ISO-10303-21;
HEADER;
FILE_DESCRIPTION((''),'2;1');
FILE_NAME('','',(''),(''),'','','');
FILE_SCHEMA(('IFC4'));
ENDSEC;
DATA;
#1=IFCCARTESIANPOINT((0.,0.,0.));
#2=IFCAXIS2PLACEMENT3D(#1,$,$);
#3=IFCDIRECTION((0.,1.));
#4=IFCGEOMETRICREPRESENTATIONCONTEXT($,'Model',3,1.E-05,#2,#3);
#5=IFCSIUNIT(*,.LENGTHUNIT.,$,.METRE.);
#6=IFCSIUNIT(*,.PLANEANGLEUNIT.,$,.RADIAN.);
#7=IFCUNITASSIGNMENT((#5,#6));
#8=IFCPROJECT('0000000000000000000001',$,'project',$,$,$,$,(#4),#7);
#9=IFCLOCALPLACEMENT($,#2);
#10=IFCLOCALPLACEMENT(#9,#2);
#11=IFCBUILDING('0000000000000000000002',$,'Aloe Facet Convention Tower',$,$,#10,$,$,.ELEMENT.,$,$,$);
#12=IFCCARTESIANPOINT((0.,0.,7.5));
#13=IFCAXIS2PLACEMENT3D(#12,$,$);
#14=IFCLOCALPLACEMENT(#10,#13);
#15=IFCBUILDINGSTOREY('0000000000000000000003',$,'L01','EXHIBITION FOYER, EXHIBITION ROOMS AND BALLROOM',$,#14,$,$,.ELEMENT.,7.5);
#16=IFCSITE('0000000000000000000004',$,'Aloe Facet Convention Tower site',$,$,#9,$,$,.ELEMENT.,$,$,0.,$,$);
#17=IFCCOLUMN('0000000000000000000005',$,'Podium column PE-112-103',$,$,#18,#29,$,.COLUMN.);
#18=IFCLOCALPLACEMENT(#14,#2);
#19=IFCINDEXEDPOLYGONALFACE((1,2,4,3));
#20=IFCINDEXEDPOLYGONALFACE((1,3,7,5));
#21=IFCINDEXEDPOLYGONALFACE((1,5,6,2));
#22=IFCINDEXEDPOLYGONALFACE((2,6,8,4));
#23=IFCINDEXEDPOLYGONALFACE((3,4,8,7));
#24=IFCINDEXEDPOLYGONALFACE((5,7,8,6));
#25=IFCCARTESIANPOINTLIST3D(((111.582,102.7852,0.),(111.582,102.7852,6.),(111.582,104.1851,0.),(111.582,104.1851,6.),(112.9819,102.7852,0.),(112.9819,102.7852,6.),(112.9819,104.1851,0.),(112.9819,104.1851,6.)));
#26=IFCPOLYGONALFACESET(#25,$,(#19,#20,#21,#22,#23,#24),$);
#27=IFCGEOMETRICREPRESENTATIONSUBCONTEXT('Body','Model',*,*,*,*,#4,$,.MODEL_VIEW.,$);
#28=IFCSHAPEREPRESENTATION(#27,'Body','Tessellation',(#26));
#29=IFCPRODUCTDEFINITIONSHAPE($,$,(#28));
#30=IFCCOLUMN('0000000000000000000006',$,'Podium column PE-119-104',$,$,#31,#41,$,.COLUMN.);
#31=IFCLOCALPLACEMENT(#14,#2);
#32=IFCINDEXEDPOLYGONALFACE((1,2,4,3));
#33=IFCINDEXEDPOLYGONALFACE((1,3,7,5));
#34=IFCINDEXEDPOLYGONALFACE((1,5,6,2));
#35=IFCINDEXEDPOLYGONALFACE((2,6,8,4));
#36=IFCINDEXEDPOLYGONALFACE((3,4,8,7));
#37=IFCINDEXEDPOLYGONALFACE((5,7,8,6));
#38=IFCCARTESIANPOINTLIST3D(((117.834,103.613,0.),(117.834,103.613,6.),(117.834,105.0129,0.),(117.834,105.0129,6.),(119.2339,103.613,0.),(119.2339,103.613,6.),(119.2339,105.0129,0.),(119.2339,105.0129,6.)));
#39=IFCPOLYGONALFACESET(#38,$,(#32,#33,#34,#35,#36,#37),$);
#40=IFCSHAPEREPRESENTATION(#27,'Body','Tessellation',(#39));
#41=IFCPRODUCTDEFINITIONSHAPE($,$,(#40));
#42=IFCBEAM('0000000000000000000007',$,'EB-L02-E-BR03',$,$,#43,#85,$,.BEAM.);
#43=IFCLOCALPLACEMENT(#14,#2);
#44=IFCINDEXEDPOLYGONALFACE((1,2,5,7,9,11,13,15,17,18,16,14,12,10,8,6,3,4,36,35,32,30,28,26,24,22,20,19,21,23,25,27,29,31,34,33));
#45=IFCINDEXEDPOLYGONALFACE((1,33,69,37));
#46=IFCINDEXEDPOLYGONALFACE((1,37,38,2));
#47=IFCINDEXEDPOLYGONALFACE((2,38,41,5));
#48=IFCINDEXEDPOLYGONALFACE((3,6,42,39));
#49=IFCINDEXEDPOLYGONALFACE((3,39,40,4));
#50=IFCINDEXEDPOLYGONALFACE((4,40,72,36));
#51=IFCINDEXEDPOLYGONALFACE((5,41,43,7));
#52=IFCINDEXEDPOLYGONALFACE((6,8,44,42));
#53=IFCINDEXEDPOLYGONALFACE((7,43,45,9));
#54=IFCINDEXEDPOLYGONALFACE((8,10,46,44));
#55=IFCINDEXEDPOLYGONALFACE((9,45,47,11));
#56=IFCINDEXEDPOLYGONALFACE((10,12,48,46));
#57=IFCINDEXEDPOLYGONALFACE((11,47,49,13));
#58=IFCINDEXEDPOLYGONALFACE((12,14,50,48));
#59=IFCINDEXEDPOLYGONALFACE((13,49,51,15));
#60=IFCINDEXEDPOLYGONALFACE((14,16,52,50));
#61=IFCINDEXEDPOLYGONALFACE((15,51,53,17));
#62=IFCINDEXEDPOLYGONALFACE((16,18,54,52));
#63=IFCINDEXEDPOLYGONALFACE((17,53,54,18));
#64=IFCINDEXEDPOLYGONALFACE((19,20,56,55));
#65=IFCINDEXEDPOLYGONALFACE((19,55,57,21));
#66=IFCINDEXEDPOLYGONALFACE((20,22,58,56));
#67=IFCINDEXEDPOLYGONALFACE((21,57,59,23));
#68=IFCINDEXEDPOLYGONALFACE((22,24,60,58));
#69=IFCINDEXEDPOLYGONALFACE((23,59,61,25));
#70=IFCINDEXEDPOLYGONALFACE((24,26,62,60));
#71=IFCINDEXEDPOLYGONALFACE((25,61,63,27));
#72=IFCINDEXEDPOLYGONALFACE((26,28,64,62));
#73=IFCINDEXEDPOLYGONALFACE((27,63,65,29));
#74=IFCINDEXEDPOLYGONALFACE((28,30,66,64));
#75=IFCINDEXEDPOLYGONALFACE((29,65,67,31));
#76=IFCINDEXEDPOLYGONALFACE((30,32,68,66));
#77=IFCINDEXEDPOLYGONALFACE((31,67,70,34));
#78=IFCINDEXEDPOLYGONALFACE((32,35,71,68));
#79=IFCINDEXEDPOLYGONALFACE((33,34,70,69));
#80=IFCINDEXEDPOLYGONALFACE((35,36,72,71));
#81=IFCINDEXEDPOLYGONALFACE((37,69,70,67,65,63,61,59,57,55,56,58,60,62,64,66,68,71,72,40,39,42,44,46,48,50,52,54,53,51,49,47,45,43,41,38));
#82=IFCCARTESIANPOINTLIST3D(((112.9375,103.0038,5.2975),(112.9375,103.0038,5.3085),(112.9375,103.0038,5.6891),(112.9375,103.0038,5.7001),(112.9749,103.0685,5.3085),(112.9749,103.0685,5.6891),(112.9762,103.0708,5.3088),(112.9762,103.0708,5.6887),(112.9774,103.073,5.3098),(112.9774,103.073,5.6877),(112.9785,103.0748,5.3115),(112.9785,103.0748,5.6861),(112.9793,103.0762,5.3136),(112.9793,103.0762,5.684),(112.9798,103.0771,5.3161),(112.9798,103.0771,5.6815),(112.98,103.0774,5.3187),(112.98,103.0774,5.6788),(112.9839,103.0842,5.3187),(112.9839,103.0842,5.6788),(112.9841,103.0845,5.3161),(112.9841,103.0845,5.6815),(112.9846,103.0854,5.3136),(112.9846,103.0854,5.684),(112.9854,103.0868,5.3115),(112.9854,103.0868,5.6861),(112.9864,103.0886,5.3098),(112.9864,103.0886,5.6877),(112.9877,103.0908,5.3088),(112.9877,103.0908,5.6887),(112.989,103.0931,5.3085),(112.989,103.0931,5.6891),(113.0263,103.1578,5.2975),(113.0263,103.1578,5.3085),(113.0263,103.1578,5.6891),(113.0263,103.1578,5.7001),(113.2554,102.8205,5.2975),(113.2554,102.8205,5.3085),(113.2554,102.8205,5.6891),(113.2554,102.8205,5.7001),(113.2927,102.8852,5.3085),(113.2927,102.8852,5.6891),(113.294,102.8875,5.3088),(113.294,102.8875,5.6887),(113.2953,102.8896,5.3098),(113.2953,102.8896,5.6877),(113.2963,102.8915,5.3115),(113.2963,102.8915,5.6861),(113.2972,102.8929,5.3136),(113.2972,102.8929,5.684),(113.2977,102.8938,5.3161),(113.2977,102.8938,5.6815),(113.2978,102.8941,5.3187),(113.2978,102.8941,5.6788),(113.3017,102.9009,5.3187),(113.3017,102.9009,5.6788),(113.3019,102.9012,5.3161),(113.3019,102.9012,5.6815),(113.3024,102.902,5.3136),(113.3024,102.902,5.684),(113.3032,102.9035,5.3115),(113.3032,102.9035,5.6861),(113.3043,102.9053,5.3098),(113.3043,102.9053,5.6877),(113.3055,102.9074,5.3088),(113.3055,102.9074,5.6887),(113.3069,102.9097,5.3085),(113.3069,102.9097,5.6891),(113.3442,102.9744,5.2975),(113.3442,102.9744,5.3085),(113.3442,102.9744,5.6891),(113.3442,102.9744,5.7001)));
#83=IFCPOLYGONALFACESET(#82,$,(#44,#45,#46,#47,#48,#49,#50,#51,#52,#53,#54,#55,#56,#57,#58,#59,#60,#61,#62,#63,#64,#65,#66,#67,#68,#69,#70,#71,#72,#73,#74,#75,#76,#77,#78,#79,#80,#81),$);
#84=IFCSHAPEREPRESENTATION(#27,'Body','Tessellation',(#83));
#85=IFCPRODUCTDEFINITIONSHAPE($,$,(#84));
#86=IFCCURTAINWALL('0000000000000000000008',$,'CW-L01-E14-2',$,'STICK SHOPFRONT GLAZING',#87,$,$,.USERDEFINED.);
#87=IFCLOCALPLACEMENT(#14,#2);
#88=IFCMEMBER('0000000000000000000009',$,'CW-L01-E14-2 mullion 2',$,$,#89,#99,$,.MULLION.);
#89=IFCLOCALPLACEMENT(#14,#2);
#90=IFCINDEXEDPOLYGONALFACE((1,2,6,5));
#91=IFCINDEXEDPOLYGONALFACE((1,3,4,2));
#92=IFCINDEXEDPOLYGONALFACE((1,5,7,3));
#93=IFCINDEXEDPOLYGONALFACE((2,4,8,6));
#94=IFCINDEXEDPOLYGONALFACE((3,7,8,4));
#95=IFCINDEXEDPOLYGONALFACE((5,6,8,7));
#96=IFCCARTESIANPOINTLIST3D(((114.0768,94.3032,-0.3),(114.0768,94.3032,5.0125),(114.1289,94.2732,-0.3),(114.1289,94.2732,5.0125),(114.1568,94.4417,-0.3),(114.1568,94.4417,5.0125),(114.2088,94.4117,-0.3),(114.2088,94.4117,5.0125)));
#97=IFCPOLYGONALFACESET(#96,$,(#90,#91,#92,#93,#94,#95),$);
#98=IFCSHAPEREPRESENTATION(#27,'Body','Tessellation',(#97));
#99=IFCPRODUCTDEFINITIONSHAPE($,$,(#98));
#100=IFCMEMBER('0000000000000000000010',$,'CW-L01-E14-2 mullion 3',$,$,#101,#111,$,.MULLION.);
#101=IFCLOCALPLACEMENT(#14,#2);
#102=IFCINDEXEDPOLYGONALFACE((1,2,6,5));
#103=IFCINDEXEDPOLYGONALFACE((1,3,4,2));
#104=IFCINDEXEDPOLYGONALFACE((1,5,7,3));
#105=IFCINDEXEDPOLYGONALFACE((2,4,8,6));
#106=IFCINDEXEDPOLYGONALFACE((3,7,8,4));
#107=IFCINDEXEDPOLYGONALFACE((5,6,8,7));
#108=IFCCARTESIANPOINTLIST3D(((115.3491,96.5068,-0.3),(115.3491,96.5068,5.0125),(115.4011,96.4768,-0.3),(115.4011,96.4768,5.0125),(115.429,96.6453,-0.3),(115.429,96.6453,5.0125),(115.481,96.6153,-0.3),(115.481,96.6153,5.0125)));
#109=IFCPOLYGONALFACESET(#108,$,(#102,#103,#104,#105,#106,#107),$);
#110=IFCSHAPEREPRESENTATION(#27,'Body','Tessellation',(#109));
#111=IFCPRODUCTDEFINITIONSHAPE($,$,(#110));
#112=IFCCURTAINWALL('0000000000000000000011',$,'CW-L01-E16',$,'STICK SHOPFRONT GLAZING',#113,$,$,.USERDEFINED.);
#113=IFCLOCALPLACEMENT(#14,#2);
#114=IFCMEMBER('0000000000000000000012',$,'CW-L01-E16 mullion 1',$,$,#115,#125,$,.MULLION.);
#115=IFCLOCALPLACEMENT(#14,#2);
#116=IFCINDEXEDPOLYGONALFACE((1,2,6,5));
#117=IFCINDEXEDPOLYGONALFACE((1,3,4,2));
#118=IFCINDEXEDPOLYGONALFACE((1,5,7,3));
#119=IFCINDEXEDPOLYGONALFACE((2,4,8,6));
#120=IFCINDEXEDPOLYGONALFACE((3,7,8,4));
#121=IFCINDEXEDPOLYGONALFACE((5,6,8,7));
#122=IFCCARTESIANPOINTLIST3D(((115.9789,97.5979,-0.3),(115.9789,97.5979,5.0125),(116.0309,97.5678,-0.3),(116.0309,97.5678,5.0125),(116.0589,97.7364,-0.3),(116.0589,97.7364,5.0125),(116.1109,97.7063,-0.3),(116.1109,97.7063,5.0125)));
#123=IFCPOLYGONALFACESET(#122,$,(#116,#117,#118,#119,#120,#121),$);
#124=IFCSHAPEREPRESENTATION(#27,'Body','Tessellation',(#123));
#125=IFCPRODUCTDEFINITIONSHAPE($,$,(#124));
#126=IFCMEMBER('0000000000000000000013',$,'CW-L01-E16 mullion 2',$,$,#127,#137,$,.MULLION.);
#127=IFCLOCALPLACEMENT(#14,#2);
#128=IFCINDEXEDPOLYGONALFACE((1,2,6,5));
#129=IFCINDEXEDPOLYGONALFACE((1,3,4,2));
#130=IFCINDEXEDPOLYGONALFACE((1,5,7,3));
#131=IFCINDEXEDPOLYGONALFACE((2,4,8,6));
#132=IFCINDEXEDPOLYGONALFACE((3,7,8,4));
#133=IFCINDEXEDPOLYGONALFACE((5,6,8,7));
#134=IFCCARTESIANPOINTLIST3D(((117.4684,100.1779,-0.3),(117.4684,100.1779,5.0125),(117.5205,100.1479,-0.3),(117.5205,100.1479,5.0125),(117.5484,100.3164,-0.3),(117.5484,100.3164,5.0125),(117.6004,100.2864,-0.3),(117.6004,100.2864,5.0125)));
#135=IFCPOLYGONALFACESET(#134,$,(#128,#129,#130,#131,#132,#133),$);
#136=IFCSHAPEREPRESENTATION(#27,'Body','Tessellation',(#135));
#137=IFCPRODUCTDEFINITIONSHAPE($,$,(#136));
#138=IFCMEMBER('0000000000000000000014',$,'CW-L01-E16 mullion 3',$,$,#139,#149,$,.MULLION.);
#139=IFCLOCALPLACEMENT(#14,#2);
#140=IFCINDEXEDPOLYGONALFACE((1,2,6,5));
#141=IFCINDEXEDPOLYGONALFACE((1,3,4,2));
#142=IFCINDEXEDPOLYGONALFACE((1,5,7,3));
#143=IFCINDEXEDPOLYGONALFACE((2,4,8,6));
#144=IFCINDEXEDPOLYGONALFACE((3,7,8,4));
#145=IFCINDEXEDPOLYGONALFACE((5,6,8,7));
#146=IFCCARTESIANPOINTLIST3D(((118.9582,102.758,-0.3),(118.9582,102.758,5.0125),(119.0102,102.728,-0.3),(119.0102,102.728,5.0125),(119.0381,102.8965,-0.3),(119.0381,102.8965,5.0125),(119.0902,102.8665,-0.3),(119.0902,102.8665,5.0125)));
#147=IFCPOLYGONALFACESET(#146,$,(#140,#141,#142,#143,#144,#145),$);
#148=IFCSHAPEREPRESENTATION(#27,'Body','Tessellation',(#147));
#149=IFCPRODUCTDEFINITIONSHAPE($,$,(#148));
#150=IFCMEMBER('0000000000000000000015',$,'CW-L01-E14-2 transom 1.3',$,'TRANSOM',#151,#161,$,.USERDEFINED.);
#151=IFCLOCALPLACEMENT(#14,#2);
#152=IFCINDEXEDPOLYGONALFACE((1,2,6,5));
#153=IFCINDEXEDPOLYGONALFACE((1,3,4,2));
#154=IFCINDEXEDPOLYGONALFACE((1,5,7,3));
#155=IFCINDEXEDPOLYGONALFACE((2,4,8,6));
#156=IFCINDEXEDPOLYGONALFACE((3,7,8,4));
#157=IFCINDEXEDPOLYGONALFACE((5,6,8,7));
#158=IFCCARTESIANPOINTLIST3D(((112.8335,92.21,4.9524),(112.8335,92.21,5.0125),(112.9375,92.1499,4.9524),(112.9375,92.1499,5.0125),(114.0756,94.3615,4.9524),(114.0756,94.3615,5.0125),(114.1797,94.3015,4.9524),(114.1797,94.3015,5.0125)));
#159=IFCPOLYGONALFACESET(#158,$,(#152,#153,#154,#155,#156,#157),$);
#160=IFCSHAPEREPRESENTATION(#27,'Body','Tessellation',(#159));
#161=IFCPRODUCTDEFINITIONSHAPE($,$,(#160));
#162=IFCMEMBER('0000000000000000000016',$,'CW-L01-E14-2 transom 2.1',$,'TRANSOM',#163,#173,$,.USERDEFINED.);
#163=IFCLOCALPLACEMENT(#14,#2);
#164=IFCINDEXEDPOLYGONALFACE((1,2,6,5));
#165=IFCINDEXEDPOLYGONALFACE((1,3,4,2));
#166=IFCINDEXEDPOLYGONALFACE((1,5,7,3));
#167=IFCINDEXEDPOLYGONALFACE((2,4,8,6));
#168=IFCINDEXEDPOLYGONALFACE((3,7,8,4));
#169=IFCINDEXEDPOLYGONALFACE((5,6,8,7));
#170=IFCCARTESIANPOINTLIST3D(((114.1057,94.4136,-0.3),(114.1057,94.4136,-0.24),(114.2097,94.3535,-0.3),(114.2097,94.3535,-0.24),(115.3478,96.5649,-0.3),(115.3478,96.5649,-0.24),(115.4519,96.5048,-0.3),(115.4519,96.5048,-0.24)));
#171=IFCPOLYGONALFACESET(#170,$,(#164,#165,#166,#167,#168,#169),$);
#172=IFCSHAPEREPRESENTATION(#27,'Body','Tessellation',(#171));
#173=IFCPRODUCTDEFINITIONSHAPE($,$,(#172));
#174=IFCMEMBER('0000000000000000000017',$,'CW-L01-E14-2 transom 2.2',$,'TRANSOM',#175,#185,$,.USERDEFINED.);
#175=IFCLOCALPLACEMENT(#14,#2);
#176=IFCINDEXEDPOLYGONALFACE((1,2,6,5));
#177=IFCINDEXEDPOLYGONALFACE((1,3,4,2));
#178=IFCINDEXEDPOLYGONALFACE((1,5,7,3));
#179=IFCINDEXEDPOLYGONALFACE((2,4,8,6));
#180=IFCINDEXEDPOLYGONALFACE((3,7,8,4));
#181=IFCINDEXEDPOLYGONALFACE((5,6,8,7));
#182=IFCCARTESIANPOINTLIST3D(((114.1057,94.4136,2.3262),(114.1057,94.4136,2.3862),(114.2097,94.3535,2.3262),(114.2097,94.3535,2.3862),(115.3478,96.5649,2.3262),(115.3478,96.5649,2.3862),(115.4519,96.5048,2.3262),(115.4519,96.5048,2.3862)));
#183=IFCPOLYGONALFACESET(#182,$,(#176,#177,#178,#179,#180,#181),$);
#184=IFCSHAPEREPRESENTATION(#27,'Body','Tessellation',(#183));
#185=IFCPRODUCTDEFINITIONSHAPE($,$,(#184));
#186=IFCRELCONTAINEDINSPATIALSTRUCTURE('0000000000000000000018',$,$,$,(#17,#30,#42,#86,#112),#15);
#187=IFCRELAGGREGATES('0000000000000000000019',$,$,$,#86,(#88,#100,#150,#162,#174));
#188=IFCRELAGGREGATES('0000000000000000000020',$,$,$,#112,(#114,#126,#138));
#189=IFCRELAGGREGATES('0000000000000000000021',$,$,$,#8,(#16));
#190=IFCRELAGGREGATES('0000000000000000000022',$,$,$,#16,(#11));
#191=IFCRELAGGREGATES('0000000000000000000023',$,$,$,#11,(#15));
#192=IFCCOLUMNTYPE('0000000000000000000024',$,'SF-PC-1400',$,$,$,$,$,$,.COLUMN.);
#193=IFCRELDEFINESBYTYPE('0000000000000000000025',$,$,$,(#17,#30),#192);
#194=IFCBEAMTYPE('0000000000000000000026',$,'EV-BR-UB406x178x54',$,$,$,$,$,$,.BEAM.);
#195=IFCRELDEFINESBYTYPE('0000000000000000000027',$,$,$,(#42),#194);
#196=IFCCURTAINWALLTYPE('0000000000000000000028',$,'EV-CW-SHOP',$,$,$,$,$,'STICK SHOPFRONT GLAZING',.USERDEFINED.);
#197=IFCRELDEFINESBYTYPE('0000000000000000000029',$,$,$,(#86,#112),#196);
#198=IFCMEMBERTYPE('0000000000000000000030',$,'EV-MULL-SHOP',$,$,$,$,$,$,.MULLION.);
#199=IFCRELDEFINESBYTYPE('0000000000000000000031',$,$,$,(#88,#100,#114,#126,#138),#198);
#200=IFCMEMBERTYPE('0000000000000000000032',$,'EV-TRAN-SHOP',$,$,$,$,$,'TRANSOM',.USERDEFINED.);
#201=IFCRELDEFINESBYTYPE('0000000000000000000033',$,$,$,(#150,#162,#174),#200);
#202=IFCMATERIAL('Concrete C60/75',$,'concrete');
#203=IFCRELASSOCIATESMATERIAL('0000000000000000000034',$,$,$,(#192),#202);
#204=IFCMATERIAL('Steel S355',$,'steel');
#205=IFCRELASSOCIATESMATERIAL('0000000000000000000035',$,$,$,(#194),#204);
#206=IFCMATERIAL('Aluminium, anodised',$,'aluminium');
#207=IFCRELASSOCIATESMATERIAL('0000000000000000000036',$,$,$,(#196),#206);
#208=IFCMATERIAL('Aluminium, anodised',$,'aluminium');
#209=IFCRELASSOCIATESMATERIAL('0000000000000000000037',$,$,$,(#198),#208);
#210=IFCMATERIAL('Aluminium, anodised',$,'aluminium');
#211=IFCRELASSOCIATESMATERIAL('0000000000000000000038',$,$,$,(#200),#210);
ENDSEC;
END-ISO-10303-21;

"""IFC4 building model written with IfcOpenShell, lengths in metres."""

from ifc_helpers import new_model, si_unit, direction, frame, origin, origin_2d, place, context, subcontext, project, spatial, rectangle, i_section, extrude, material, material_profile, profile_set, type_object, element, aggregate, save


model = new_model("IFC4")

# Units and contexts
model_context = context("Model", 3, precision=1e-05, world=origin(), true_north=direction((0.0, 1.0)))
body_context = subcontext(model_context, "Body", "Model", "MODEL_VIEW")
ifc_project = project(units=[si_unit("LENGTHUNIT", "METRE"), si_unit("PLANEANGLEUNIT", "RADIAN")], contexts=[model_context])

# Site, building, storey
site_placement = place(None, origin())
site = spatial("IfcSite", under=ifc_project, at=site_placement, Name="Aloe Facet Convention Tower site", CompositionType="ELEMENT", RefElevation=0.0)
building_placement = place(site_placement, origin())
building = spatial("IfcBuilding", under=site, at=building_placement, Name="Aloe Facet Convention Tower", CompositionType="ELEMENT")
storey_placement = place(building_placement, frame((0.0, 0.0, 7.5)))
storey = spatial("IfcBuildingStorey", under=building, at=storey_placement, Name="L01", Description="EXHIBITION FOYER, EXHIBITION ROOMS AND BALLROOM", CompositionType="ELEMENT", Elevation=7.5)

# Columns
ifc_material_1 = material(Name="Concrete C60/75", Category="concrete")
ifc_material_profile_1 = material_profile(ifc_material_1, rectangle(XDim=1.3999, YDim=1.3999, at=origin_2d()), Name="SF-PC-1400")
ifc_profile_set_1 = profile_set([ifc_material_profile_1], Name="Concrete C60/75")
column_type = type_object("IfcColumnType", Name="SF-PC-1400", PredefinedType="COLUMN", material=ifc_profile_set_1)
for number, where, z_axis, x_axis, name in (
    (1, (112.282, 103.4851, 0.0), (0.0, 0.0, 1.0), (1.0, 0.0, 0.0), "Podium column PE-112-103"),
    (2, (118.5339, 104.313, 0.0), (0.0, 0.0, 1.0), (1.0, 0.0, 0.0), "Podium column PE-119-104"),
):
    element("IfcColumn", number, at=place(storey_placement, frame(where, z_axis=z_axis, x_axis=x_axis)), inside=storey, type_object=column_type, Name=name, PredefinedType="COLUMN", context=body_context, shape_type="SweptSolid", body=[
        extrude(rectangle(XDim=1.3999, YDim=1.3999, at=origin_2d()), origin(), (0.0, 0.0, 1.0), 6.0),
    ])

# Beam
ifc_material_2 = material(Name="Steel S355", Category="steel")
ifc_material_profile_2 = material_profile(ifc_material_2, i_section(OverallWidth=0.1777, OverallDepth=0.4026, WebThickness=0.0078, FlangeThickness=0.011, FilletRadius=0.0103, at=origin_2d()), Name="UB 406x178x54")
ifc_profile_set_2 = profile_set([ifc_material_profile_2], Name="Steel S355")
beam_type_1 = type_object("IfcBeamType", Name="EV-BR-UB406x178x54", PredefinedType="BEAM", material=ifc_profile_set_2)
beam_1_placement = place(storey_placement, frame((112.9819, 103.0808, 5.4988), z_axis=(0.86623, -0.499646, 0.0), x_axis=(0.499646, 0.86623, 0.0)))
element("IfcBeam", 3, at=beam_1_placement, inside=storey, type_object=beam_type_1, Name="EB-L02-E-BR03", PredefinedType="BEAM", context=body_context, shape_type="SweptSolid", body=[
    extrude(i_section(OverallWidth=0.1777, OverallDepth=0.4026, WebThickness=0.0078, FlangeThickness=0.011, FilletRadius=0.0103, at=origin_2d()), origin(), (0.0, 0.0, 1.0), 0.3669),
])

# Curtain walls, members
ifc_material_3 = material(Name="Aluminium, anodised", Category="aluminium")
curtain_wall_type = type_object("IfcCurtainWallType", Name="EV-CW-SHOP", ElementType="STICK SHOPFRONT GLAZING", PredefinedType="USERDEFINED", material=ifc_material_3)
curtain_wall_1_placement = place(storey_placement, origin())
curtain_wall_1 = element("IfcCurtainWall", 4, at=curtain_wall_1_placement, inside=storey, type_object=curtain_wall_type, Name="CW-L01-E14-2", ObjectType="STICK SHOPFRONT GLAZING", PredefinedType="USERDEFINED")
ifc_material_4 = material(Name="Aluminium, anodised", Category="aluminium")
ifc_material_profile_3 = material_profile(ifc_material_4, rectangle(XDim=0.0601, YDim=0.1599, at=origin_2d()), Name="AL 60x160")
ifc_profile_set_3 = profile_set([ifc_material_profile_3], Name="Aluminium, anodised")
member_type_1 = type_object("IfcMemberType", Name="EV-MULL-SHOP", PredefinedType="MULLION", material=ifc_profile_set_3)
member_1_placement = place(storey_placement, frame((114.1428, 94.3574, -0.3), z_axis=(0.0, 0.0, 1.0), x_axis=(-0.866025, 0.5, 0.0)))
member_1 = element("IfcMember", 5, at=member_1_placement, type_object=member_type_1, Name="CW-L01-E14-2 mullion 2", PredefinedType="MULLION", context=body_context, shape_type="SweptSolid", body=[
    extrude(rectangle(XDim=0.0601, YDim=0.1599, at=origin_2d()), origin(), (0.0, 0.0, 1.0), 5.3125),
])
member_2_placement = place(storey_placement, frame((115.415, 96.561, -0.3), z_axis=(0.0, 0.0, 1.0), x_axis=(-0.866025, 0.5, 0.0)))
member_2 = element("IfcMember", 6, at=member_2_placement, type_object=member_type_1, Name="CW-L01-E14-2 mullion 3", PredefinedType="MULLION", context=body_context, shape_type="SweptSolid", body=[
    extrude(rectangle(XDim=0.0601, YDim=0.1599, at=origin_2d()), origin(), (0.0, 0.0, 1.0), 5.3125),
])
curtain_wall_2_placement = place(storey_placement, origin())
curtain_wall_2 = element("IfcCurtainWall", 7, at=curtain_wall_2_placement, inside=storey, type_object=curtain_wall_type, Name="CW-L01-E16", ObjectType="STICK SHOPFRONT GLAZING", PredefinedType="USERDEFINED")
member_3_placement = place(storey_placement, frame((116.0449, 97.6521, -0.3), z_axis=(0.0, 0.0, 1.0), x_axis=(-0.866025, 0.5, 0.0)))
member_3 = element("IfcMember", 8, at=member_3_placement, type_object=member_type_1, Name="CW-L01-E16 mullion 1", PredefinedType="MULLION", context=body_context, shape_type="SweptSolid", body=[
    extrude(rectangle(XDim=0.0601, YDim=0.1599, at=origin_2d()), origin(), (0.0, 0.0, 1.0), 5.3125),
])
member_4_placement = place(storey_placement, frame((117.5344, 100.2322, -0.3), z_axis=(0.0, 0.0, 1.0), x_axis=(-0.866025, 0.5, 0.0)))
member_4 = element("IfcMember", 9, at=member_4_placement, type_object=member_type_1, Name="CW-L01-E16 mullion 2", PredefinedType="MULLION", context=body_context, shape_type="SweptSolid", body=[
    extrude(rectangle(XDim=0.0601, YDim=0.1599, at=origin_2d()), origin(), (0.0, 0.0, 1.0), 5.3125),
])
member_5_placement = place(storey_placement, frame((119.0242, 102.8123, -0.3), z_axis=(0.0, 0.0, 1.0), x_axis=(-0.866025, 0.5, 0.0)))
member_5 = element("IfcMember", 10, at=member_5_placement, type_object=member_type_1, Name="CW-L01-E16 mullion 3", PredefinedType="MULLION", context=body_context, shape_type="SweptSolid", body=[
    extrude(rectangle(XDim=0.0601, YDim=0.1599, at=origin_2d()), origin(), (0.0, 0.0, 1.0), 5.3125),
])

# Members
ifc_material_5 = material(Name="Aluminium, anodised", Category="aluminium")
ifc_material_profile_4 = material_profile(ifc_material_5, rectangle(XDim=0.1201, YDim=0.0601, at=origin_2d()), Name="AL 120x60")
ifc_profile_set_4 = profile_set([ifc_material_profile_4], Name="Aluminium, anodised")
member_type_2 = type_object("IfcMemberType", Name="EV-TRAN-SHOP", ElementType="TRANSOM", PredefinedType="USERDEFINED", material=ifc_profile_set_4)
member_6_placement = place(storey_placement, frame((112.8855, 92.1799, 4.9824), z_axis=(0.499986, 0.866033, 0.0), x_axis=(-0.866033, 0.499986, 0.0)))
member_6 = element("IfcMember", 11, at=member_6_placement, type_object=member_type_2, Name="CW-L01-E14-2 transom 1.3", ObjectType="TRANSOM", PredefinedType="USERDEFINED", context=body_context, shape_type="SweptSolid", body=[
    extrude(rectangle(XDim=0.1201, YDim=0.0601, at=origin_2d()), origin(), (0.0, 0.0, 1.0), 2.4844),
])
member_7_placement = place(storey_placement, frame((114.1577, 94.3835, -0.27), z_axis=(0.500029, 0.866009, 0.0), x_axis=(-0.866009, 0.500029, 0.0)))
member_7 = element("IfcMember", 12, at=member_7_placement, type_object=member_type_2, Name="CW-L01-E14-2 transom 2.1", ObjectType="TRANSOM", PredefinedType="USERDEFINED", context=body_context, shape_type="SweptSolid", body=[
    extrude(rectangle(XDim=0.1201, YDim=0.0601, at=origin_2d()), origin(), (0.0, 0.0, 1.0), 2.4841),
])
member_8_placement = place(storey_placement, frame((114.1577, 94.3835, 2.3562), z_axis=(0.500029, 0.866009, 0.0), x_axis=(-0.866009, 0.500029, 0.0)))
member_8 = element("IfcMember", 13, at=member_8_placement, type_object=member_type_2, Name="CW-L01-E14-2 transom 2.2", ObjectType="TRANSOM", PredefinedType="USERDEFINED", context=body_context, shape_type="SweptSolid", body=[
    extrude(rectangle(XDim=0.1201, YDim=0.0601, at=origin_2d()), origin(), (0.0, 0.0, 1.0), 2.4841),
])

aggregate(curtain_wall_1, [member_1, member_2, member_6, member_7, member_8])
aggregate(curtain_wall_2, [member_3, member_4, member_5])

save(model, "model.ifc")
